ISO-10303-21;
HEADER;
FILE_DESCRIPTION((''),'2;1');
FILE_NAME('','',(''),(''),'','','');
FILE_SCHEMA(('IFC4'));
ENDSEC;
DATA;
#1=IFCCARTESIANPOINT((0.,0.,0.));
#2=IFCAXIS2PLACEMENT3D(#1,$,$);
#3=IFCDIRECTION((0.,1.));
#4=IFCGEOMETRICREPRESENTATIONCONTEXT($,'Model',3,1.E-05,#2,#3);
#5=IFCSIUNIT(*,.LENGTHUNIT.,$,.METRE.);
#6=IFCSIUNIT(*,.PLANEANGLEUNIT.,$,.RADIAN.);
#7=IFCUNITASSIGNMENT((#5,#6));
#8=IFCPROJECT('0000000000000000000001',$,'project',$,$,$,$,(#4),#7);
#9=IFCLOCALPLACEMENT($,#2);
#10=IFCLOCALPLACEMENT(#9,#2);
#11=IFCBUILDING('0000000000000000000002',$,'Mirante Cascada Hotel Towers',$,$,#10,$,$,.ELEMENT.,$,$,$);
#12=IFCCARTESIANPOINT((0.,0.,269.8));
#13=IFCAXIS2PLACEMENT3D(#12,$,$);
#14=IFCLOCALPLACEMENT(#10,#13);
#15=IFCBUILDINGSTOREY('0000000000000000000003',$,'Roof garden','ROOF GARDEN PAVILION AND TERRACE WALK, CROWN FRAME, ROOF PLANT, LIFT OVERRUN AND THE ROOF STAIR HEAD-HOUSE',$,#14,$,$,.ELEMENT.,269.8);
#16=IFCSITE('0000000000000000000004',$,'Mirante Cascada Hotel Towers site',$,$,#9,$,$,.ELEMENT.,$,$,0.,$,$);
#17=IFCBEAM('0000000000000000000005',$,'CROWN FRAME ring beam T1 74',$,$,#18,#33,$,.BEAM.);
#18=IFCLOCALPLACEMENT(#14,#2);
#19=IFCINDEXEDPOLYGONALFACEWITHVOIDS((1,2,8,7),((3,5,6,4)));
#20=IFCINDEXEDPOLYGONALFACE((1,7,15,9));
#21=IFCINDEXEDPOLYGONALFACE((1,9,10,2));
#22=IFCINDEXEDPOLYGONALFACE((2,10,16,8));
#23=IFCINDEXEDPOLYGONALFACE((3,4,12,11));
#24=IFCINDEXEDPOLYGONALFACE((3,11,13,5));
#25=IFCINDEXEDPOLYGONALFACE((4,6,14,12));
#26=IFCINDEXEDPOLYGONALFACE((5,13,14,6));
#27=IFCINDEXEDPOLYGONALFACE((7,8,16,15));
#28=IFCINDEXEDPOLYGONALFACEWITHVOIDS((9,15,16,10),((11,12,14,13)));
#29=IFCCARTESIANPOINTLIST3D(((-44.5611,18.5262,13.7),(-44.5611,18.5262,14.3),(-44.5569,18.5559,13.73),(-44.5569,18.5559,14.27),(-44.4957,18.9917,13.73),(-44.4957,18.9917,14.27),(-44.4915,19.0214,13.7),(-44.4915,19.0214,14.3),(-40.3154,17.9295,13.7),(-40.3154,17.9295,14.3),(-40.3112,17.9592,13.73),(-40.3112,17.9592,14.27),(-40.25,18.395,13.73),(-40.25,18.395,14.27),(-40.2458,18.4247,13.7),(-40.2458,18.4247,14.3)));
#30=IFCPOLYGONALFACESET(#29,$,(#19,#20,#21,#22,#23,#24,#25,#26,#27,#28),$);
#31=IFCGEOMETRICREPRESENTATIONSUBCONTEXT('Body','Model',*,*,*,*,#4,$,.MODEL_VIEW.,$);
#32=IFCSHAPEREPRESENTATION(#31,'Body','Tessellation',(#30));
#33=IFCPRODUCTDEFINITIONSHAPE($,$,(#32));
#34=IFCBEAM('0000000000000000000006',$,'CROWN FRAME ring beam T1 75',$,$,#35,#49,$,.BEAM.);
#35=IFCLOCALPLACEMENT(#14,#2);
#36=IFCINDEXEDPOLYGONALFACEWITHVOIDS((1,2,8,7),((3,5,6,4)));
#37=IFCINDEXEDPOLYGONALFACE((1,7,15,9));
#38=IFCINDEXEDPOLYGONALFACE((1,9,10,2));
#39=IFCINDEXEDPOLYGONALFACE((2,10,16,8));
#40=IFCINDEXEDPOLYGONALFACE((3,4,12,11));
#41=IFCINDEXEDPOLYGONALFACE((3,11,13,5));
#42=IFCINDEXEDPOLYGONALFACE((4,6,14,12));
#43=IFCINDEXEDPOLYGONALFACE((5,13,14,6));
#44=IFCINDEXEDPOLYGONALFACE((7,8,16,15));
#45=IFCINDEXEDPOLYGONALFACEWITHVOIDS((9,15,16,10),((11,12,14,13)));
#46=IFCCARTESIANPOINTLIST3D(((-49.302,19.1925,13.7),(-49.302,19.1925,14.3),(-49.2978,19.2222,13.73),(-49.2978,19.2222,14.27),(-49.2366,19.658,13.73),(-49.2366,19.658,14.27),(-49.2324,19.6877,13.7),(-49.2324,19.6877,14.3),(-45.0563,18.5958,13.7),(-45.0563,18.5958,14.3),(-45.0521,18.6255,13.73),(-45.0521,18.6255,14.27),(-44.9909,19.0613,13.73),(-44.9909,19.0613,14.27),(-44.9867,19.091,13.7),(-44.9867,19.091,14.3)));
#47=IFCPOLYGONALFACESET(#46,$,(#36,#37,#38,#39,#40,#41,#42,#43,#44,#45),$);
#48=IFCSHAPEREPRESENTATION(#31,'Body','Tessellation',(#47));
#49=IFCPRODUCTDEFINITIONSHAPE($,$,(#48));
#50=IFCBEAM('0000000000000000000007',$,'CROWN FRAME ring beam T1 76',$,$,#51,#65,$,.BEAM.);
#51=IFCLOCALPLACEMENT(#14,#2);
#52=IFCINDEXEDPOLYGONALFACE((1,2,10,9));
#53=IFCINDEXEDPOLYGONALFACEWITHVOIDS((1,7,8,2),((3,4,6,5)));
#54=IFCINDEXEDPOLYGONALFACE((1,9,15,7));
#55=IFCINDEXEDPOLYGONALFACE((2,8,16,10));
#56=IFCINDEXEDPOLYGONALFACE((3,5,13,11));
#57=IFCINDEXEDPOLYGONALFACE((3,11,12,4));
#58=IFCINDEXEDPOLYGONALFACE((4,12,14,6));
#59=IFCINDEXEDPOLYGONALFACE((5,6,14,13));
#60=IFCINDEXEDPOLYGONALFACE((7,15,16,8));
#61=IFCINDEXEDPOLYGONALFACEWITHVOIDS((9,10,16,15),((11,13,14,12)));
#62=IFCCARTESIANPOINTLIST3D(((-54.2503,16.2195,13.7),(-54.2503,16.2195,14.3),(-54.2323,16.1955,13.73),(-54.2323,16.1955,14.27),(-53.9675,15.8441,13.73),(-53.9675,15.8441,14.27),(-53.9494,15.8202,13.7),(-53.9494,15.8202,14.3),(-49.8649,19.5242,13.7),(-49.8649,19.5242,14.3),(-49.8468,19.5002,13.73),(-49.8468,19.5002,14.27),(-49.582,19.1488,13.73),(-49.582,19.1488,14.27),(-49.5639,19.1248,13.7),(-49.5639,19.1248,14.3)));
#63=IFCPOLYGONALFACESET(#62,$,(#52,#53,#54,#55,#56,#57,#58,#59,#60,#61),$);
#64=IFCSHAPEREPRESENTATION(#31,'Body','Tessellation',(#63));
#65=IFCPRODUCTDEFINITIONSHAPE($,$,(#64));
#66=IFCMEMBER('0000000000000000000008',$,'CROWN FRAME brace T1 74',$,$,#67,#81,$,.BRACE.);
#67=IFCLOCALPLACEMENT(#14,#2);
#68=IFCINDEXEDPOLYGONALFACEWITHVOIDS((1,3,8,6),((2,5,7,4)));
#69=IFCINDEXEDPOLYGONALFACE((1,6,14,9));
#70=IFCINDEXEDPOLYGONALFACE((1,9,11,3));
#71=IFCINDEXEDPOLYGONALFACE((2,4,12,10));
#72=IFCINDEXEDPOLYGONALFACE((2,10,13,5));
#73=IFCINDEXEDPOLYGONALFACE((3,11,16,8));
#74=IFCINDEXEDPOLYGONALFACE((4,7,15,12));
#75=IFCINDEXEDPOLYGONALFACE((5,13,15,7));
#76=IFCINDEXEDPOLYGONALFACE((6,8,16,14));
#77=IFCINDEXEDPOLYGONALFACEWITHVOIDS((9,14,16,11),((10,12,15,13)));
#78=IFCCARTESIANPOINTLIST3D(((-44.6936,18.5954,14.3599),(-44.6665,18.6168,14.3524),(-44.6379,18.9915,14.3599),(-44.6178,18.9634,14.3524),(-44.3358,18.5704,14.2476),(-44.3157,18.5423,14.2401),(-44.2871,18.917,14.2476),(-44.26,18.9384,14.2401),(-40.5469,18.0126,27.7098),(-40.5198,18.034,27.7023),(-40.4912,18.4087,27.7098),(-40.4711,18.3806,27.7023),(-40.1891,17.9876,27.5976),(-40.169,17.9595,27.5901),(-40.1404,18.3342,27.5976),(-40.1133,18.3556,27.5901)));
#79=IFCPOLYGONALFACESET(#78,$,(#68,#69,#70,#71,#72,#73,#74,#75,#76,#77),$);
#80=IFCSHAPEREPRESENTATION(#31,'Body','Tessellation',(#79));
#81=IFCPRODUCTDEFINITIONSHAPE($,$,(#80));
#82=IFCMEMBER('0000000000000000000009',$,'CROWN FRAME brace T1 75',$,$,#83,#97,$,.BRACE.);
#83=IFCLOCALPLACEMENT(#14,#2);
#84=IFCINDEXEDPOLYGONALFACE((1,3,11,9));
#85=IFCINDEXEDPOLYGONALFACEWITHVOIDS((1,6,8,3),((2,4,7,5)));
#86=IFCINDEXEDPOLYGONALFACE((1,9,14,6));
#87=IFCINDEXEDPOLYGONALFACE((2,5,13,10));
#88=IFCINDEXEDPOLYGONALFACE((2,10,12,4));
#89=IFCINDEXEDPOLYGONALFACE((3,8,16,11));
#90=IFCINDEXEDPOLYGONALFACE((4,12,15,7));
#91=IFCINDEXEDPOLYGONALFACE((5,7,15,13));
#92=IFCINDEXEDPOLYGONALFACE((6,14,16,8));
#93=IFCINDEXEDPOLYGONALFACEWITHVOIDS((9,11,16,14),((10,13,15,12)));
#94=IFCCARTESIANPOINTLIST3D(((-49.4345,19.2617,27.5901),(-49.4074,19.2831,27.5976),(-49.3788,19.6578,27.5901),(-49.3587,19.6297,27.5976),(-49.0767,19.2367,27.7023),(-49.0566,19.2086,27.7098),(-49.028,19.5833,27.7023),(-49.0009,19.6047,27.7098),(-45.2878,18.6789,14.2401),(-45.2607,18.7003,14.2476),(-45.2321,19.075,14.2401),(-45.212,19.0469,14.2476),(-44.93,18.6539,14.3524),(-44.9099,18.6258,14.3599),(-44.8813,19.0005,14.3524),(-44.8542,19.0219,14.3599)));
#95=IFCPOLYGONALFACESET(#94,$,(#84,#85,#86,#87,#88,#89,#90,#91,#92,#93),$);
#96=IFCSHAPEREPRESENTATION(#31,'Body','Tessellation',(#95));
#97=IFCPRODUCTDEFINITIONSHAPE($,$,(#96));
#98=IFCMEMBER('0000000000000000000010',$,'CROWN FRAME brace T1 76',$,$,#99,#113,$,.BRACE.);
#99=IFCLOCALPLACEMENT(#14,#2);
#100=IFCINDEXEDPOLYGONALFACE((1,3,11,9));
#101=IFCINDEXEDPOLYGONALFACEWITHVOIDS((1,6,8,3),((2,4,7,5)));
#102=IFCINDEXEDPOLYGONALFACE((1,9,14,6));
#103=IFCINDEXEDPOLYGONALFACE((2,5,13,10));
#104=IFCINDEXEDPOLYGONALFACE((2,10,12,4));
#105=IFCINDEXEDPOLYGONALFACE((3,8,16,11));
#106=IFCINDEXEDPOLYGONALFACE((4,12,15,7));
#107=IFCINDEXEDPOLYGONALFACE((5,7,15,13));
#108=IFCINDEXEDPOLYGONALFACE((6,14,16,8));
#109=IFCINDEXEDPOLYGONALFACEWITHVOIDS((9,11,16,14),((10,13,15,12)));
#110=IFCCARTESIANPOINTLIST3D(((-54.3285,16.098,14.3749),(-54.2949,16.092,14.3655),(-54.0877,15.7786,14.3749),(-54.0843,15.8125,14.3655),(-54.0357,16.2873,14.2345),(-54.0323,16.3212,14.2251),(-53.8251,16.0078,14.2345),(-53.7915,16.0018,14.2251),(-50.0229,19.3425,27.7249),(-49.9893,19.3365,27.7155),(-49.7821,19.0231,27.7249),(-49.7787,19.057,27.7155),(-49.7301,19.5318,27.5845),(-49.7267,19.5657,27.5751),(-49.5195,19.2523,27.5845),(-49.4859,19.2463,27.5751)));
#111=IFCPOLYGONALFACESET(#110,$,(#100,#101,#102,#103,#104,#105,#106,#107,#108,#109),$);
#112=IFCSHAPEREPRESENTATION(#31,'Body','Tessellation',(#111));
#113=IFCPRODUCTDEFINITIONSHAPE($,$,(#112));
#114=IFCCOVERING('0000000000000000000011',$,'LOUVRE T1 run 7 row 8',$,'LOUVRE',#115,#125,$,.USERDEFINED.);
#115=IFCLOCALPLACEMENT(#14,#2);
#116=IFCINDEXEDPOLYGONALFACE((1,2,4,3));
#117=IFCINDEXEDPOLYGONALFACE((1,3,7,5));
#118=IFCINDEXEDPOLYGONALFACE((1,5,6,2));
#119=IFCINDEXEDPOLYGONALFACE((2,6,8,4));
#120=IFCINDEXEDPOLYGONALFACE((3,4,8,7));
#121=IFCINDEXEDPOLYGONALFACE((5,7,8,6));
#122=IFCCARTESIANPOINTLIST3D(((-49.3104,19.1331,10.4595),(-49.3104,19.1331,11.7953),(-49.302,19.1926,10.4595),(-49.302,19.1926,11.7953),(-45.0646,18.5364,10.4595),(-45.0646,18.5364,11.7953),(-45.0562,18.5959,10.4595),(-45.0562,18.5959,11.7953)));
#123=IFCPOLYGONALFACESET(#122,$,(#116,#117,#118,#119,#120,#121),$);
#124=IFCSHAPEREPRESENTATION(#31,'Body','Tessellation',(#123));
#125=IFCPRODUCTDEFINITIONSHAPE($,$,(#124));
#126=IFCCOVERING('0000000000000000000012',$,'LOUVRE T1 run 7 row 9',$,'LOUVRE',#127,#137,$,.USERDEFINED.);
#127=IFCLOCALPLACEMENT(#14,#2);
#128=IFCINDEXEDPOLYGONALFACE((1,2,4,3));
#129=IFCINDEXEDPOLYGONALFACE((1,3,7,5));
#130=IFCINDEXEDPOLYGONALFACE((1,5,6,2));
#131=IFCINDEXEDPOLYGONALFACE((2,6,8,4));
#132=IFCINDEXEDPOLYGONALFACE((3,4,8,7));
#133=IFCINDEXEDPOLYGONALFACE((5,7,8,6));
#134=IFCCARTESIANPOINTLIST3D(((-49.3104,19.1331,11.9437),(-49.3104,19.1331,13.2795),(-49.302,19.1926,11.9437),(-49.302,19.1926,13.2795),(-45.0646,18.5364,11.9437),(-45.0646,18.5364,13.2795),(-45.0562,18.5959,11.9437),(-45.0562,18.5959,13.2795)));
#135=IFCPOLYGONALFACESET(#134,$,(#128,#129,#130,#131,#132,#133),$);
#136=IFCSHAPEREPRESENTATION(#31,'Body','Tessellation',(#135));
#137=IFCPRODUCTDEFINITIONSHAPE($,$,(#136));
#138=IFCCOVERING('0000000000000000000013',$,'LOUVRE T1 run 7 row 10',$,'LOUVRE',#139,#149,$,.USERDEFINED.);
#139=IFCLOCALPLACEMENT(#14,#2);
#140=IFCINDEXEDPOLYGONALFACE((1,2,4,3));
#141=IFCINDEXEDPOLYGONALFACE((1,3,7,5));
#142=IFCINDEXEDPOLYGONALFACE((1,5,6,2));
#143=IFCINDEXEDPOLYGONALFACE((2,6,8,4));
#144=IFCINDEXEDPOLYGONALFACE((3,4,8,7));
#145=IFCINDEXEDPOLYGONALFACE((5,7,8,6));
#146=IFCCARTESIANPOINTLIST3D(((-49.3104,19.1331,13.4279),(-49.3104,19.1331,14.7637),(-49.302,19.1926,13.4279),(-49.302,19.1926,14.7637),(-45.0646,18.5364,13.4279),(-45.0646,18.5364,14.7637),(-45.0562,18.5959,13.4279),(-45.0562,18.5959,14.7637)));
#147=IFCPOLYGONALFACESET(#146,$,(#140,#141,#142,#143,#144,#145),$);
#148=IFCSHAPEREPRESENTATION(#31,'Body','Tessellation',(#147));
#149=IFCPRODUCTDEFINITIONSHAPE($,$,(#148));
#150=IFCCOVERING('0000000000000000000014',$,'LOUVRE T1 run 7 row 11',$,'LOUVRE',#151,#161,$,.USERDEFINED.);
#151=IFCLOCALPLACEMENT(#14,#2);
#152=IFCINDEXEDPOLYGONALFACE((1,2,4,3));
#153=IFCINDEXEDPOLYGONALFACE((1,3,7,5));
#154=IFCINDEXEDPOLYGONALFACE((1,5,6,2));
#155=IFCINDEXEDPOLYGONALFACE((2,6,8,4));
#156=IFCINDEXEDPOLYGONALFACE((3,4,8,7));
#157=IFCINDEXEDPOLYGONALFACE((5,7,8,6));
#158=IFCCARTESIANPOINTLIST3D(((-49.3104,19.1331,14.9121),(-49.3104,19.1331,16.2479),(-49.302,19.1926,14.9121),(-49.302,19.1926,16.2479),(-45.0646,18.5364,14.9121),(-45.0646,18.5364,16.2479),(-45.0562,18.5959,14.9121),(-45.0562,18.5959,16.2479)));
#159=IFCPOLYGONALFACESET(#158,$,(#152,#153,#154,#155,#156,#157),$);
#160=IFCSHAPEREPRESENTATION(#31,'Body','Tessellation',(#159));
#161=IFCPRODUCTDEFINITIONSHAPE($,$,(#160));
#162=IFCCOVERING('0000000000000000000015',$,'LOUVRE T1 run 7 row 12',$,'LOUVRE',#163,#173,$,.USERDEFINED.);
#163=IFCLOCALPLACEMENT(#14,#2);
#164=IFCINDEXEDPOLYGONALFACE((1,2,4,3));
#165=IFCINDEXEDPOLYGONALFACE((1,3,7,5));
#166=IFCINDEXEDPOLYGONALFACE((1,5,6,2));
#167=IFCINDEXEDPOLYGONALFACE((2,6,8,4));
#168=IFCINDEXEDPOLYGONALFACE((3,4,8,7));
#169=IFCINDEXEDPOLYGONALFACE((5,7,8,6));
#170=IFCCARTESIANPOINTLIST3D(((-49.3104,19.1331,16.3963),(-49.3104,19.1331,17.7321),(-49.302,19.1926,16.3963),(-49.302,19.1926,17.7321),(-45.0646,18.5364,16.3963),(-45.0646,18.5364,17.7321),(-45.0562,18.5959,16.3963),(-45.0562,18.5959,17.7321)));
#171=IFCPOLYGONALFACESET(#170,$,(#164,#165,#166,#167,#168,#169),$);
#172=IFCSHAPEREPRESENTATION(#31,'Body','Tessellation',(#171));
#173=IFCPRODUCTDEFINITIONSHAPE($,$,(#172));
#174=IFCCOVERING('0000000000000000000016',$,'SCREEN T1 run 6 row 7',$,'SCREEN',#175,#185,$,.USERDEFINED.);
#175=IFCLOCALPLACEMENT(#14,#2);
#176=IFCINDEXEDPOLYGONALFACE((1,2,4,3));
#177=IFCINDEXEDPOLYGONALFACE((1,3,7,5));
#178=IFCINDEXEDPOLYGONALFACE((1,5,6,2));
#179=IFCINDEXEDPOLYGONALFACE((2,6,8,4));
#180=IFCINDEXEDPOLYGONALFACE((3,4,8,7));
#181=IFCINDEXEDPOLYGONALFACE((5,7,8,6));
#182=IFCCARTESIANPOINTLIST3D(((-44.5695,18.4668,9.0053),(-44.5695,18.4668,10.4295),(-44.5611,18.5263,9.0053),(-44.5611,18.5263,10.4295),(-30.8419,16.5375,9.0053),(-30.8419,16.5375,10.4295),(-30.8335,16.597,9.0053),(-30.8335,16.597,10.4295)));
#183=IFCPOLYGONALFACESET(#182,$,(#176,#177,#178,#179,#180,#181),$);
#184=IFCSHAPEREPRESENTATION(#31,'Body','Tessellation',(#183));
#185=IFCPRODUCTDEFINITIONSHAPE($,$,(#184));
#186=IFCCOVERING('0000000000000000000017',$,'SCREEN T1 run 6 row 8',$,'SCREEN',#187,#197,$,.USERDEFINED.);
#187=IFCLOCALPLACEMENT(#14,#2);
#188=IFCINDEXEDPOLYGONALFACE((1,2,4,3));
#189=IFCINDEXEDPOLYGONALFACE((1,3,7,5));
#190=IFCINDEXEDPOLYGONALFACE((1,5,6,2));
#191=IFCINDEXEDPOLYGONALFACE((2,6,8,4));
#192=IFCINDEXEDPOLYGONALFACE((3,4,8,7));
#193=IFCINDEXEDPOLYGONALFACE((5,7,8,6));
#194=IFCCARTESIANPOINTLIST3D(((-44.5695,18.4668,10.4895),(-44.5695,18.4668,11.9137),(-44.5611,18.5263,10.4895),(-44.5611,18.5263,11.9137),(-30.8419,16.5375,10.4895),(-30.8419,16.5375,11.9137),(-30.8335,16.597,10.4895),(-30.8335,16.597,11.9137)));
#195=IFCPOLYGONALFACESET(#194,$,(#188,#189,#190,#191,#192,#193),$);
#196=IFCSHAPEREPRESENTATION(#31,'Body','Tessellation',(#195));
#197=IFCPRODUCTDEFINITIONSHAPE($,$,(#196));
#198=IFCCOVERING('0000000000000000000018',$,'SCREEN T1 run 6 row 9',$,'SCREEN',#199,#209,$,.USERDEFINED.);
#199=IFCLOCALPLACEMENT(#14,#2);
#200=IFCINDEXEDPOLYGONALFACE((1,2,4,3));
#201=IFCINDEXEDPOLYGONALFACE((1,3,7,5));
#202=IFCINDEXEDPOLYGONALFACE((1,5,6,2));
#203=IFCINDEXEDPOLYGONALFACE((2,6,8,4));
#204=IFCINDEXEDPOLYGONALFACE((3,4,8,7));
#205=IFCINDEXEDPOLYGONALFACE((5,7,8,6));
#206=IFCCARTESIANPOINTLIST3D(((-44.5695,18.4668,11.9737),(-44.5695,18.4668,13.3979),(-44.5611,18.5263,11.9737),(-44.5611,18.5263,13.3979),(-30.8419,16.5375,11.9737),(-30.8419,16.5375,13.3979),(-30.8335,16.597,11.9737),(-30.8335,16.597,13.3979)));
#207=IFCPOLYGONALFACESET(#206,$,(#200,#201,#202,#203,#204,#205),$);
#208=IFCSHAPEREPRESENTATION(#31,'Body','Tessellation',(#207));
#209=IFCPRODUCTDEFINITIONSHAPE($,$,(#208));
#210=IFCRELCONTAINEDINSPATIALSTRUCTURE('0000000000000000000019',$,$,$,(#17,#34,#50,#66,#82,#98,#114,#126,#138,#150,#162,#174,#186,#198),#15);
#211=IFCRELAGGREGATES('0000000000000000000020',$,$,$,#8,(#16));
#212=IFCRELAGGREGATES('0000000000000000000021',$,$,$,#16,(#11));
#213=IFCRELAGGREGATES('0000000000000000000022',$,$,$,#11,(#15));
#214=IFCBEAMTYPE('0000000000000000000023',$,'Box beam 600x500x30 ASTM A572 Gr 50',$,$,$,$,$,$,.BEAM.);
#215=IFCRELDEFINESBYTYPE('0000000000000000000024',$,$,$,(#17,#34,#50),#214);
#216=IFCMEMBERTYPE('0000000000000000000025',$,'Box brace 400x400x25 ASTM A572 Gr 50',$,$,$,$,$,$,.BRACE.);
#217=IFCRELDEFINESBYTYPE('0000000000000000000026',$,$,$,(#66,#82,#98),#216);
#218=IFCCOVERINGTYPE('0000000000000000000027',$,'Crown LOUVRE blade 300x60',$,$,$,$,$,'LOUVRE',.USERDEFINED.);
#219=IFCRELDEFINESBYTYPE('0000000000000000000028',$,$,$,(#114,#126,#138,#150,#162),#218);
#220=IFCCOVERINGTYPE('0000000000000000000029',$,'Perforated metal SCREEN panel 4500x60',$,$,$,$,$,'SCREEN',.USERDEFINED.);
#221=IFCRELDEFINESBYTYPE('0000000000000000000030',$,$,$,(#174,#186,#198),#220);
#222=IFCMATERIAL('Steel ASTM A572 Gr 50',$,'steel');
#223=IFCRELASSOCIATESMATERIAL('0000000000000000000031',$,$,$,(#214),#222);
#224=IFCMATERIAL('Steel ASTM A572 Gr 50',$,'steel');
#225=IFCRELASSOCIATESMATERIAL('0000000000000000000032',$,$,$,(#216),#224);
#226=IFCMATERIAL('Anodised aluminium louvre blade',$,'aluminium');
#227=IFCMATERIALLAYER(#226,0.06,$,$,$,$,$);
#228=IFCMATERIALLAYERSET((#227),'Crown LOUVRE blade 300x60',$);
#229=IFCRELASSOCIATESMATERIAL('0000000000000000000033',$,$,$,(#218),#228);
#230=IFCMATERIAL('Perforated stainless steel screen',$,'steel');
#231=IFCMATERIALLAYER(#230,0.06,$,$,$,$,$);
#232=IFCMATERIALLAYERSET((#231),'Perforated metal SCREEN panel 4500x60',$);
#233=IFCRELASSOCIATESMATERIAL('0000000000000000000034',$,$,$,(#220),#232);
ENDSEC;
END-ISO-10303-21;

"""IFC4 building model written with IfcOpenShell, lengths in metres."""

from ifc_helpers import new_model, si_unit, direction, frame, origin, origin_2d, place, context, subcontext, project, spatial, rectangle, hollow_rectangle, extrude, material, layer, layer_set, material_profile, profile_set, type_object, element, save


model = new_model("IFC4")

# Units and contexts
model_context = context("Model", 3, precision=1e-05, world=origin(), true_north=direction((0.0, 1.0)))
body_context = subcontext(model_context, "Body", "Model", "MODEL_VIEW")
ifc_project = project(units=[si_unit("LENGTHUNIT", "METRE"), si_unit("PLANEANGLEUNIT", "RADIAN")], contexts=[model_context])

# Site, building, storey
site_placement = place(None, origin())
site = spatial("IfcSite", under=ifc_project, at=site_placement, Name="Mirante Cascada Hotel Towers site", CompositionType="ELEMENT", RefElevation=0.0)
building_placement = place(site_placement, origin())
building = spatial("IfcBuilding", under=site, at=building_placement, Name="Mirante Cascada Hotel Towers", CompositionType="ELEMENT")
storey_placement = place(building_placement, frame((0.0, 0.0, 269.8)))
storey = spatial("IfcBuildingStorey", under=building, at=storey_placement, Name="Roof garden", Description="ROOF GARDEN PAVILION AND TERRACE WALK, CROWN FRAME, ROOF PLANT, LIFT OVERRUN AND THE ROOF STAIR HEAD-HOUSE", CompositionType="ELEMENT", Elevation=269.8)

# Beams
ifc_material_1 = material(Name="Steel ASTM A572 Gr 50", Category="steel")
ifc_material_profile_1 = material_profile(ifc_material_1, hollow_rectangle(XDim=0.5, YDim=0.6, WallThickness=0.03, at=origin_2d()), Name="Box beam 600x500x30 ASTM A572 Gr 50")
ifc_profile_set_1 = profile_set([ifc_material_profile_1], Name="Steel ASTM A572 Gr 50")
beam_type = type_object("IfcBeamType", Name="Box beam 600x500x30 ASTM A572 Gr 50", PredefinedType="BEAM", material=ifc_profile_set_1)
for number, where, z_axis, x_axis, name in (
    (1, (-40.2806, 18.1771, 14.0), (-0.990268, 0.139174, 0.0), (-0.139174, -0.990268, 0.0), "CROWN FRAME ring beam T1 74"),
    (2, (-45.0215, 18.8434, 14.0), (-0.990268, 0.139174, 0.0), (-0.139174, -0.990268, 0.0), "CROWN FRAME ring beam T1 75"),
):
    element("IfcBeam", number, at=place(storey_placement, frame(where, z_axis=z_axis, x_axis=x_axis)), inside=storey, type_object=beam_type, Name=name, PredefinedType="BEAM", context=body_context, shape_type="SweptSolid", body=[
        extrude(hollow_rectangle(XDim=0.5, YDim=0.6, WallThickness=0.03, at=origin_2d()), origin(), (0.0, 0.0, 1.0), 4.2874),
    ])
beam_placement = place(storey_placement, frame((-49.7144, 19.3245, 14.0), z_axis=(-0.798636, -0.601814, 0.0), x_axis=(0.601814, -0.798636, 0.0)))
element("IfcBeam", 3, at=beam_placement, inside=storey, type_object=beam_type, Name="CROWN FRAME ring beam T1 76", PredefinedType="BEAM", context=body_context, shape_type="SweptSolid", body=[
    extrude(hollow_rectangle(XDim=0.5, YDim=0.6, WallThickness=0.03, at=origin_2d()), origin(), (0.0, 0.0, 1.0), 5.4912),
])

# Members
ifc_material_2 = material(Name="Steel ASTM A572 Gr 50", Category="steel")
ifc_material_profile_2 = material_profile(ifc_material_2, hollow_rectangle(XDim=0.4, YDim=0.4, WallThickness=0.025, at=origin_2d()), Name="Box brace 400x400x25 ASTM A572 Gr 50")
ifc_profile_set_2 = profile_set([ifc_material_profile_2], Name="Steel ASTM A572 Gr 50")
member_type = type_object("IfcMemberType", Name="Box brace 400x400x25 ASTM A572 Gr 50", PredefinedType="BRACE", material=ifc_profile_set_2)
for number, where, z_axis, x_axis, name in (
    (4, (-44.4768, 18.7669, 14.3), (0.296376, -0.041654, 0.954162), (0.139178, 0.990267, 0.0), "CROWN FRAME brace T1 74"),
    (5, (-45.071, 18.8504, 14.3), (-0.296376, 0.041654, 0.954162), (-0.139178, -0.990267, 0.0), "CROWN FRAME brace T1 75"),
):
    element("IfcMember", number, at=place(storey_placement, frame(where, z_axis=z_axis, x_axis=x_axis)), inside=storey, type_object=member_type, Name=name, PredefinedType="BRACE", context=body_context, shape_type="SweptSolid", body=[
        extrude(hollow_rectangle(XDim=0.4, YDim=0.4, WallThickness=0.025, at=origin_2d()), origin(), (0.0, 0.0, 1.0), 13.9913),
    ])
member_placement = place(storey_placement, frame((-54.06, 16.0499, 14.3), z_axis=(0.299052, 0.225352, 0.927245), x_axis=(-0.601815, 0.798636, 0.0)))
element("IfcMember", 6, at=member_placement, inside=storey, type_object=member_type, Name="CROWN FRAME brace T1 76", PredefinedType="BRACE", context=body_context, shape_type="SweptSolid", body=[
    extrude(hollow_rectangle(XDim=0.4, YDim=0.4, WallThickness=0.025, at=origin_2d()), origin(), (0.0, 0.0, 1.0), 14.3975),
])

# Coverings
ifc_material_3 = material(Name="Anodised aluminium louvre blade", Category="aluminium")
ifc_layer_1 = layer(ifc_material_3, 0.06)
ifc_layer_set_1 = layer_set([ifc_layer_1], Name="Crown LOUVRE blade 300x60")
covering_type_1 = type_object("IfcCoveringType", Name="Crown LOUVRE blade 300x60", ElementType="LOUVRE", PredefinedType="USERDEFINED", material=ifc_layer_set_1)
for number, where, z_axis, x_axis, name in (
    (7, (-47.1833, 18.8645, 10.4595), (0.0, 0.0, 1.0), (-0.990268, 0.139173, 0.0), "LOUVRE T1 run 7 row 8"),
    (8, (-47.1833, 18.8645, 11.9437), (0.0, 0.0, 1.0), (-0.990268, 0.139173, 0.0), "LOUVRE T1 run 7 row 9"),
    (9, (-47.1833, 18.8645, 13.4279), (0.0, 0.0, 1.0), (-0.990268, 0.139173, 0.0), "LOUVRE T1 run 7 row 10"),
    (10, (-47.1833, 18.8645, 14.9121), (0.0, 0.0, 1.0), (-0.990268, 0.139173, 0.0), "LOUVRE T1 run 7 row 11"),
    (11, (-47.1833, 18.8645, 16.3963), (0.0, 0.0, 1.0), (-0.990268, 0.139173, 0.0), "LOUVRE T1 run 7 row 12"),
):
    element("IfcCovering", number, at=place(storey_placement, frame(where, z_axis=z_axis, x_axis=x_axis)), inside=storey, type_object=covering_type_1, Name=name, ObjectType="LOUVRE", PredefinedType="USERDEFINED", context=body_context, shape_type="SweptSolid", body=[
        extrude(rectangle(XDim=4.2875, YDim=0.06, at=origin_2d()), origin(), (0.0, 0.0, 1.0), 1.3358),
    ])
ifc_material_4 = material(Name="Perforated stainless steel screen", Category="steel")
ifc_layer_2 = layer(ifc_material_4, 0.06)
ifc_layer_set_2 = layer_set([ifc_layer_2], Name="Perforated metal SCREEN panel 4500x60")
covering_type_2 = type_object("IfcCoveringType", Name="Perforated metal SCREEN panel 4500x60", ElementType="SCREEN", PredefinedType="USERDEFINED", material=ifc_layer_set_2)
for number, where, z_axis, x_axis, name in (
    (12, (-37.7015, 17.5319, 9.0053), (0.0, 0.0, 1.0), (-0.990268, 0.139173, 0.0), "SCREEN T1 run 6 row 7"),
    (13, (-37.7015, 17.5319, 10.4895), (0.0, 0.0, 1.0), (-0.990268, 0.139173, 0.0), "SCREEN T1 run 6 row 8"),
    (14, (-37.7015, 17.5319, 11.9737), (0.0, 0.0, 1.0), (-0.990268, 0.139173, 0.0), "SCREEN T1 run 6 row 9"),
):
    element("IfcCovering", number, at=place(storey_placement, frame(where, z_axis=z_axis, x_axis=x_axis)), inside=storey, type_object=covering_type_2, Name=name, ObjectType="SCREEN", PredefinedType="USERDEFINED", context=body_context, shape_type="SweptSolid", body=[
        extrude(rectangle(XDim=13.8625, YDim=0.06, at=origin_2d()), origin(), (0.0, 0.0, 1.0), 1.4242),
    ])

save(model, "model.ifc")
